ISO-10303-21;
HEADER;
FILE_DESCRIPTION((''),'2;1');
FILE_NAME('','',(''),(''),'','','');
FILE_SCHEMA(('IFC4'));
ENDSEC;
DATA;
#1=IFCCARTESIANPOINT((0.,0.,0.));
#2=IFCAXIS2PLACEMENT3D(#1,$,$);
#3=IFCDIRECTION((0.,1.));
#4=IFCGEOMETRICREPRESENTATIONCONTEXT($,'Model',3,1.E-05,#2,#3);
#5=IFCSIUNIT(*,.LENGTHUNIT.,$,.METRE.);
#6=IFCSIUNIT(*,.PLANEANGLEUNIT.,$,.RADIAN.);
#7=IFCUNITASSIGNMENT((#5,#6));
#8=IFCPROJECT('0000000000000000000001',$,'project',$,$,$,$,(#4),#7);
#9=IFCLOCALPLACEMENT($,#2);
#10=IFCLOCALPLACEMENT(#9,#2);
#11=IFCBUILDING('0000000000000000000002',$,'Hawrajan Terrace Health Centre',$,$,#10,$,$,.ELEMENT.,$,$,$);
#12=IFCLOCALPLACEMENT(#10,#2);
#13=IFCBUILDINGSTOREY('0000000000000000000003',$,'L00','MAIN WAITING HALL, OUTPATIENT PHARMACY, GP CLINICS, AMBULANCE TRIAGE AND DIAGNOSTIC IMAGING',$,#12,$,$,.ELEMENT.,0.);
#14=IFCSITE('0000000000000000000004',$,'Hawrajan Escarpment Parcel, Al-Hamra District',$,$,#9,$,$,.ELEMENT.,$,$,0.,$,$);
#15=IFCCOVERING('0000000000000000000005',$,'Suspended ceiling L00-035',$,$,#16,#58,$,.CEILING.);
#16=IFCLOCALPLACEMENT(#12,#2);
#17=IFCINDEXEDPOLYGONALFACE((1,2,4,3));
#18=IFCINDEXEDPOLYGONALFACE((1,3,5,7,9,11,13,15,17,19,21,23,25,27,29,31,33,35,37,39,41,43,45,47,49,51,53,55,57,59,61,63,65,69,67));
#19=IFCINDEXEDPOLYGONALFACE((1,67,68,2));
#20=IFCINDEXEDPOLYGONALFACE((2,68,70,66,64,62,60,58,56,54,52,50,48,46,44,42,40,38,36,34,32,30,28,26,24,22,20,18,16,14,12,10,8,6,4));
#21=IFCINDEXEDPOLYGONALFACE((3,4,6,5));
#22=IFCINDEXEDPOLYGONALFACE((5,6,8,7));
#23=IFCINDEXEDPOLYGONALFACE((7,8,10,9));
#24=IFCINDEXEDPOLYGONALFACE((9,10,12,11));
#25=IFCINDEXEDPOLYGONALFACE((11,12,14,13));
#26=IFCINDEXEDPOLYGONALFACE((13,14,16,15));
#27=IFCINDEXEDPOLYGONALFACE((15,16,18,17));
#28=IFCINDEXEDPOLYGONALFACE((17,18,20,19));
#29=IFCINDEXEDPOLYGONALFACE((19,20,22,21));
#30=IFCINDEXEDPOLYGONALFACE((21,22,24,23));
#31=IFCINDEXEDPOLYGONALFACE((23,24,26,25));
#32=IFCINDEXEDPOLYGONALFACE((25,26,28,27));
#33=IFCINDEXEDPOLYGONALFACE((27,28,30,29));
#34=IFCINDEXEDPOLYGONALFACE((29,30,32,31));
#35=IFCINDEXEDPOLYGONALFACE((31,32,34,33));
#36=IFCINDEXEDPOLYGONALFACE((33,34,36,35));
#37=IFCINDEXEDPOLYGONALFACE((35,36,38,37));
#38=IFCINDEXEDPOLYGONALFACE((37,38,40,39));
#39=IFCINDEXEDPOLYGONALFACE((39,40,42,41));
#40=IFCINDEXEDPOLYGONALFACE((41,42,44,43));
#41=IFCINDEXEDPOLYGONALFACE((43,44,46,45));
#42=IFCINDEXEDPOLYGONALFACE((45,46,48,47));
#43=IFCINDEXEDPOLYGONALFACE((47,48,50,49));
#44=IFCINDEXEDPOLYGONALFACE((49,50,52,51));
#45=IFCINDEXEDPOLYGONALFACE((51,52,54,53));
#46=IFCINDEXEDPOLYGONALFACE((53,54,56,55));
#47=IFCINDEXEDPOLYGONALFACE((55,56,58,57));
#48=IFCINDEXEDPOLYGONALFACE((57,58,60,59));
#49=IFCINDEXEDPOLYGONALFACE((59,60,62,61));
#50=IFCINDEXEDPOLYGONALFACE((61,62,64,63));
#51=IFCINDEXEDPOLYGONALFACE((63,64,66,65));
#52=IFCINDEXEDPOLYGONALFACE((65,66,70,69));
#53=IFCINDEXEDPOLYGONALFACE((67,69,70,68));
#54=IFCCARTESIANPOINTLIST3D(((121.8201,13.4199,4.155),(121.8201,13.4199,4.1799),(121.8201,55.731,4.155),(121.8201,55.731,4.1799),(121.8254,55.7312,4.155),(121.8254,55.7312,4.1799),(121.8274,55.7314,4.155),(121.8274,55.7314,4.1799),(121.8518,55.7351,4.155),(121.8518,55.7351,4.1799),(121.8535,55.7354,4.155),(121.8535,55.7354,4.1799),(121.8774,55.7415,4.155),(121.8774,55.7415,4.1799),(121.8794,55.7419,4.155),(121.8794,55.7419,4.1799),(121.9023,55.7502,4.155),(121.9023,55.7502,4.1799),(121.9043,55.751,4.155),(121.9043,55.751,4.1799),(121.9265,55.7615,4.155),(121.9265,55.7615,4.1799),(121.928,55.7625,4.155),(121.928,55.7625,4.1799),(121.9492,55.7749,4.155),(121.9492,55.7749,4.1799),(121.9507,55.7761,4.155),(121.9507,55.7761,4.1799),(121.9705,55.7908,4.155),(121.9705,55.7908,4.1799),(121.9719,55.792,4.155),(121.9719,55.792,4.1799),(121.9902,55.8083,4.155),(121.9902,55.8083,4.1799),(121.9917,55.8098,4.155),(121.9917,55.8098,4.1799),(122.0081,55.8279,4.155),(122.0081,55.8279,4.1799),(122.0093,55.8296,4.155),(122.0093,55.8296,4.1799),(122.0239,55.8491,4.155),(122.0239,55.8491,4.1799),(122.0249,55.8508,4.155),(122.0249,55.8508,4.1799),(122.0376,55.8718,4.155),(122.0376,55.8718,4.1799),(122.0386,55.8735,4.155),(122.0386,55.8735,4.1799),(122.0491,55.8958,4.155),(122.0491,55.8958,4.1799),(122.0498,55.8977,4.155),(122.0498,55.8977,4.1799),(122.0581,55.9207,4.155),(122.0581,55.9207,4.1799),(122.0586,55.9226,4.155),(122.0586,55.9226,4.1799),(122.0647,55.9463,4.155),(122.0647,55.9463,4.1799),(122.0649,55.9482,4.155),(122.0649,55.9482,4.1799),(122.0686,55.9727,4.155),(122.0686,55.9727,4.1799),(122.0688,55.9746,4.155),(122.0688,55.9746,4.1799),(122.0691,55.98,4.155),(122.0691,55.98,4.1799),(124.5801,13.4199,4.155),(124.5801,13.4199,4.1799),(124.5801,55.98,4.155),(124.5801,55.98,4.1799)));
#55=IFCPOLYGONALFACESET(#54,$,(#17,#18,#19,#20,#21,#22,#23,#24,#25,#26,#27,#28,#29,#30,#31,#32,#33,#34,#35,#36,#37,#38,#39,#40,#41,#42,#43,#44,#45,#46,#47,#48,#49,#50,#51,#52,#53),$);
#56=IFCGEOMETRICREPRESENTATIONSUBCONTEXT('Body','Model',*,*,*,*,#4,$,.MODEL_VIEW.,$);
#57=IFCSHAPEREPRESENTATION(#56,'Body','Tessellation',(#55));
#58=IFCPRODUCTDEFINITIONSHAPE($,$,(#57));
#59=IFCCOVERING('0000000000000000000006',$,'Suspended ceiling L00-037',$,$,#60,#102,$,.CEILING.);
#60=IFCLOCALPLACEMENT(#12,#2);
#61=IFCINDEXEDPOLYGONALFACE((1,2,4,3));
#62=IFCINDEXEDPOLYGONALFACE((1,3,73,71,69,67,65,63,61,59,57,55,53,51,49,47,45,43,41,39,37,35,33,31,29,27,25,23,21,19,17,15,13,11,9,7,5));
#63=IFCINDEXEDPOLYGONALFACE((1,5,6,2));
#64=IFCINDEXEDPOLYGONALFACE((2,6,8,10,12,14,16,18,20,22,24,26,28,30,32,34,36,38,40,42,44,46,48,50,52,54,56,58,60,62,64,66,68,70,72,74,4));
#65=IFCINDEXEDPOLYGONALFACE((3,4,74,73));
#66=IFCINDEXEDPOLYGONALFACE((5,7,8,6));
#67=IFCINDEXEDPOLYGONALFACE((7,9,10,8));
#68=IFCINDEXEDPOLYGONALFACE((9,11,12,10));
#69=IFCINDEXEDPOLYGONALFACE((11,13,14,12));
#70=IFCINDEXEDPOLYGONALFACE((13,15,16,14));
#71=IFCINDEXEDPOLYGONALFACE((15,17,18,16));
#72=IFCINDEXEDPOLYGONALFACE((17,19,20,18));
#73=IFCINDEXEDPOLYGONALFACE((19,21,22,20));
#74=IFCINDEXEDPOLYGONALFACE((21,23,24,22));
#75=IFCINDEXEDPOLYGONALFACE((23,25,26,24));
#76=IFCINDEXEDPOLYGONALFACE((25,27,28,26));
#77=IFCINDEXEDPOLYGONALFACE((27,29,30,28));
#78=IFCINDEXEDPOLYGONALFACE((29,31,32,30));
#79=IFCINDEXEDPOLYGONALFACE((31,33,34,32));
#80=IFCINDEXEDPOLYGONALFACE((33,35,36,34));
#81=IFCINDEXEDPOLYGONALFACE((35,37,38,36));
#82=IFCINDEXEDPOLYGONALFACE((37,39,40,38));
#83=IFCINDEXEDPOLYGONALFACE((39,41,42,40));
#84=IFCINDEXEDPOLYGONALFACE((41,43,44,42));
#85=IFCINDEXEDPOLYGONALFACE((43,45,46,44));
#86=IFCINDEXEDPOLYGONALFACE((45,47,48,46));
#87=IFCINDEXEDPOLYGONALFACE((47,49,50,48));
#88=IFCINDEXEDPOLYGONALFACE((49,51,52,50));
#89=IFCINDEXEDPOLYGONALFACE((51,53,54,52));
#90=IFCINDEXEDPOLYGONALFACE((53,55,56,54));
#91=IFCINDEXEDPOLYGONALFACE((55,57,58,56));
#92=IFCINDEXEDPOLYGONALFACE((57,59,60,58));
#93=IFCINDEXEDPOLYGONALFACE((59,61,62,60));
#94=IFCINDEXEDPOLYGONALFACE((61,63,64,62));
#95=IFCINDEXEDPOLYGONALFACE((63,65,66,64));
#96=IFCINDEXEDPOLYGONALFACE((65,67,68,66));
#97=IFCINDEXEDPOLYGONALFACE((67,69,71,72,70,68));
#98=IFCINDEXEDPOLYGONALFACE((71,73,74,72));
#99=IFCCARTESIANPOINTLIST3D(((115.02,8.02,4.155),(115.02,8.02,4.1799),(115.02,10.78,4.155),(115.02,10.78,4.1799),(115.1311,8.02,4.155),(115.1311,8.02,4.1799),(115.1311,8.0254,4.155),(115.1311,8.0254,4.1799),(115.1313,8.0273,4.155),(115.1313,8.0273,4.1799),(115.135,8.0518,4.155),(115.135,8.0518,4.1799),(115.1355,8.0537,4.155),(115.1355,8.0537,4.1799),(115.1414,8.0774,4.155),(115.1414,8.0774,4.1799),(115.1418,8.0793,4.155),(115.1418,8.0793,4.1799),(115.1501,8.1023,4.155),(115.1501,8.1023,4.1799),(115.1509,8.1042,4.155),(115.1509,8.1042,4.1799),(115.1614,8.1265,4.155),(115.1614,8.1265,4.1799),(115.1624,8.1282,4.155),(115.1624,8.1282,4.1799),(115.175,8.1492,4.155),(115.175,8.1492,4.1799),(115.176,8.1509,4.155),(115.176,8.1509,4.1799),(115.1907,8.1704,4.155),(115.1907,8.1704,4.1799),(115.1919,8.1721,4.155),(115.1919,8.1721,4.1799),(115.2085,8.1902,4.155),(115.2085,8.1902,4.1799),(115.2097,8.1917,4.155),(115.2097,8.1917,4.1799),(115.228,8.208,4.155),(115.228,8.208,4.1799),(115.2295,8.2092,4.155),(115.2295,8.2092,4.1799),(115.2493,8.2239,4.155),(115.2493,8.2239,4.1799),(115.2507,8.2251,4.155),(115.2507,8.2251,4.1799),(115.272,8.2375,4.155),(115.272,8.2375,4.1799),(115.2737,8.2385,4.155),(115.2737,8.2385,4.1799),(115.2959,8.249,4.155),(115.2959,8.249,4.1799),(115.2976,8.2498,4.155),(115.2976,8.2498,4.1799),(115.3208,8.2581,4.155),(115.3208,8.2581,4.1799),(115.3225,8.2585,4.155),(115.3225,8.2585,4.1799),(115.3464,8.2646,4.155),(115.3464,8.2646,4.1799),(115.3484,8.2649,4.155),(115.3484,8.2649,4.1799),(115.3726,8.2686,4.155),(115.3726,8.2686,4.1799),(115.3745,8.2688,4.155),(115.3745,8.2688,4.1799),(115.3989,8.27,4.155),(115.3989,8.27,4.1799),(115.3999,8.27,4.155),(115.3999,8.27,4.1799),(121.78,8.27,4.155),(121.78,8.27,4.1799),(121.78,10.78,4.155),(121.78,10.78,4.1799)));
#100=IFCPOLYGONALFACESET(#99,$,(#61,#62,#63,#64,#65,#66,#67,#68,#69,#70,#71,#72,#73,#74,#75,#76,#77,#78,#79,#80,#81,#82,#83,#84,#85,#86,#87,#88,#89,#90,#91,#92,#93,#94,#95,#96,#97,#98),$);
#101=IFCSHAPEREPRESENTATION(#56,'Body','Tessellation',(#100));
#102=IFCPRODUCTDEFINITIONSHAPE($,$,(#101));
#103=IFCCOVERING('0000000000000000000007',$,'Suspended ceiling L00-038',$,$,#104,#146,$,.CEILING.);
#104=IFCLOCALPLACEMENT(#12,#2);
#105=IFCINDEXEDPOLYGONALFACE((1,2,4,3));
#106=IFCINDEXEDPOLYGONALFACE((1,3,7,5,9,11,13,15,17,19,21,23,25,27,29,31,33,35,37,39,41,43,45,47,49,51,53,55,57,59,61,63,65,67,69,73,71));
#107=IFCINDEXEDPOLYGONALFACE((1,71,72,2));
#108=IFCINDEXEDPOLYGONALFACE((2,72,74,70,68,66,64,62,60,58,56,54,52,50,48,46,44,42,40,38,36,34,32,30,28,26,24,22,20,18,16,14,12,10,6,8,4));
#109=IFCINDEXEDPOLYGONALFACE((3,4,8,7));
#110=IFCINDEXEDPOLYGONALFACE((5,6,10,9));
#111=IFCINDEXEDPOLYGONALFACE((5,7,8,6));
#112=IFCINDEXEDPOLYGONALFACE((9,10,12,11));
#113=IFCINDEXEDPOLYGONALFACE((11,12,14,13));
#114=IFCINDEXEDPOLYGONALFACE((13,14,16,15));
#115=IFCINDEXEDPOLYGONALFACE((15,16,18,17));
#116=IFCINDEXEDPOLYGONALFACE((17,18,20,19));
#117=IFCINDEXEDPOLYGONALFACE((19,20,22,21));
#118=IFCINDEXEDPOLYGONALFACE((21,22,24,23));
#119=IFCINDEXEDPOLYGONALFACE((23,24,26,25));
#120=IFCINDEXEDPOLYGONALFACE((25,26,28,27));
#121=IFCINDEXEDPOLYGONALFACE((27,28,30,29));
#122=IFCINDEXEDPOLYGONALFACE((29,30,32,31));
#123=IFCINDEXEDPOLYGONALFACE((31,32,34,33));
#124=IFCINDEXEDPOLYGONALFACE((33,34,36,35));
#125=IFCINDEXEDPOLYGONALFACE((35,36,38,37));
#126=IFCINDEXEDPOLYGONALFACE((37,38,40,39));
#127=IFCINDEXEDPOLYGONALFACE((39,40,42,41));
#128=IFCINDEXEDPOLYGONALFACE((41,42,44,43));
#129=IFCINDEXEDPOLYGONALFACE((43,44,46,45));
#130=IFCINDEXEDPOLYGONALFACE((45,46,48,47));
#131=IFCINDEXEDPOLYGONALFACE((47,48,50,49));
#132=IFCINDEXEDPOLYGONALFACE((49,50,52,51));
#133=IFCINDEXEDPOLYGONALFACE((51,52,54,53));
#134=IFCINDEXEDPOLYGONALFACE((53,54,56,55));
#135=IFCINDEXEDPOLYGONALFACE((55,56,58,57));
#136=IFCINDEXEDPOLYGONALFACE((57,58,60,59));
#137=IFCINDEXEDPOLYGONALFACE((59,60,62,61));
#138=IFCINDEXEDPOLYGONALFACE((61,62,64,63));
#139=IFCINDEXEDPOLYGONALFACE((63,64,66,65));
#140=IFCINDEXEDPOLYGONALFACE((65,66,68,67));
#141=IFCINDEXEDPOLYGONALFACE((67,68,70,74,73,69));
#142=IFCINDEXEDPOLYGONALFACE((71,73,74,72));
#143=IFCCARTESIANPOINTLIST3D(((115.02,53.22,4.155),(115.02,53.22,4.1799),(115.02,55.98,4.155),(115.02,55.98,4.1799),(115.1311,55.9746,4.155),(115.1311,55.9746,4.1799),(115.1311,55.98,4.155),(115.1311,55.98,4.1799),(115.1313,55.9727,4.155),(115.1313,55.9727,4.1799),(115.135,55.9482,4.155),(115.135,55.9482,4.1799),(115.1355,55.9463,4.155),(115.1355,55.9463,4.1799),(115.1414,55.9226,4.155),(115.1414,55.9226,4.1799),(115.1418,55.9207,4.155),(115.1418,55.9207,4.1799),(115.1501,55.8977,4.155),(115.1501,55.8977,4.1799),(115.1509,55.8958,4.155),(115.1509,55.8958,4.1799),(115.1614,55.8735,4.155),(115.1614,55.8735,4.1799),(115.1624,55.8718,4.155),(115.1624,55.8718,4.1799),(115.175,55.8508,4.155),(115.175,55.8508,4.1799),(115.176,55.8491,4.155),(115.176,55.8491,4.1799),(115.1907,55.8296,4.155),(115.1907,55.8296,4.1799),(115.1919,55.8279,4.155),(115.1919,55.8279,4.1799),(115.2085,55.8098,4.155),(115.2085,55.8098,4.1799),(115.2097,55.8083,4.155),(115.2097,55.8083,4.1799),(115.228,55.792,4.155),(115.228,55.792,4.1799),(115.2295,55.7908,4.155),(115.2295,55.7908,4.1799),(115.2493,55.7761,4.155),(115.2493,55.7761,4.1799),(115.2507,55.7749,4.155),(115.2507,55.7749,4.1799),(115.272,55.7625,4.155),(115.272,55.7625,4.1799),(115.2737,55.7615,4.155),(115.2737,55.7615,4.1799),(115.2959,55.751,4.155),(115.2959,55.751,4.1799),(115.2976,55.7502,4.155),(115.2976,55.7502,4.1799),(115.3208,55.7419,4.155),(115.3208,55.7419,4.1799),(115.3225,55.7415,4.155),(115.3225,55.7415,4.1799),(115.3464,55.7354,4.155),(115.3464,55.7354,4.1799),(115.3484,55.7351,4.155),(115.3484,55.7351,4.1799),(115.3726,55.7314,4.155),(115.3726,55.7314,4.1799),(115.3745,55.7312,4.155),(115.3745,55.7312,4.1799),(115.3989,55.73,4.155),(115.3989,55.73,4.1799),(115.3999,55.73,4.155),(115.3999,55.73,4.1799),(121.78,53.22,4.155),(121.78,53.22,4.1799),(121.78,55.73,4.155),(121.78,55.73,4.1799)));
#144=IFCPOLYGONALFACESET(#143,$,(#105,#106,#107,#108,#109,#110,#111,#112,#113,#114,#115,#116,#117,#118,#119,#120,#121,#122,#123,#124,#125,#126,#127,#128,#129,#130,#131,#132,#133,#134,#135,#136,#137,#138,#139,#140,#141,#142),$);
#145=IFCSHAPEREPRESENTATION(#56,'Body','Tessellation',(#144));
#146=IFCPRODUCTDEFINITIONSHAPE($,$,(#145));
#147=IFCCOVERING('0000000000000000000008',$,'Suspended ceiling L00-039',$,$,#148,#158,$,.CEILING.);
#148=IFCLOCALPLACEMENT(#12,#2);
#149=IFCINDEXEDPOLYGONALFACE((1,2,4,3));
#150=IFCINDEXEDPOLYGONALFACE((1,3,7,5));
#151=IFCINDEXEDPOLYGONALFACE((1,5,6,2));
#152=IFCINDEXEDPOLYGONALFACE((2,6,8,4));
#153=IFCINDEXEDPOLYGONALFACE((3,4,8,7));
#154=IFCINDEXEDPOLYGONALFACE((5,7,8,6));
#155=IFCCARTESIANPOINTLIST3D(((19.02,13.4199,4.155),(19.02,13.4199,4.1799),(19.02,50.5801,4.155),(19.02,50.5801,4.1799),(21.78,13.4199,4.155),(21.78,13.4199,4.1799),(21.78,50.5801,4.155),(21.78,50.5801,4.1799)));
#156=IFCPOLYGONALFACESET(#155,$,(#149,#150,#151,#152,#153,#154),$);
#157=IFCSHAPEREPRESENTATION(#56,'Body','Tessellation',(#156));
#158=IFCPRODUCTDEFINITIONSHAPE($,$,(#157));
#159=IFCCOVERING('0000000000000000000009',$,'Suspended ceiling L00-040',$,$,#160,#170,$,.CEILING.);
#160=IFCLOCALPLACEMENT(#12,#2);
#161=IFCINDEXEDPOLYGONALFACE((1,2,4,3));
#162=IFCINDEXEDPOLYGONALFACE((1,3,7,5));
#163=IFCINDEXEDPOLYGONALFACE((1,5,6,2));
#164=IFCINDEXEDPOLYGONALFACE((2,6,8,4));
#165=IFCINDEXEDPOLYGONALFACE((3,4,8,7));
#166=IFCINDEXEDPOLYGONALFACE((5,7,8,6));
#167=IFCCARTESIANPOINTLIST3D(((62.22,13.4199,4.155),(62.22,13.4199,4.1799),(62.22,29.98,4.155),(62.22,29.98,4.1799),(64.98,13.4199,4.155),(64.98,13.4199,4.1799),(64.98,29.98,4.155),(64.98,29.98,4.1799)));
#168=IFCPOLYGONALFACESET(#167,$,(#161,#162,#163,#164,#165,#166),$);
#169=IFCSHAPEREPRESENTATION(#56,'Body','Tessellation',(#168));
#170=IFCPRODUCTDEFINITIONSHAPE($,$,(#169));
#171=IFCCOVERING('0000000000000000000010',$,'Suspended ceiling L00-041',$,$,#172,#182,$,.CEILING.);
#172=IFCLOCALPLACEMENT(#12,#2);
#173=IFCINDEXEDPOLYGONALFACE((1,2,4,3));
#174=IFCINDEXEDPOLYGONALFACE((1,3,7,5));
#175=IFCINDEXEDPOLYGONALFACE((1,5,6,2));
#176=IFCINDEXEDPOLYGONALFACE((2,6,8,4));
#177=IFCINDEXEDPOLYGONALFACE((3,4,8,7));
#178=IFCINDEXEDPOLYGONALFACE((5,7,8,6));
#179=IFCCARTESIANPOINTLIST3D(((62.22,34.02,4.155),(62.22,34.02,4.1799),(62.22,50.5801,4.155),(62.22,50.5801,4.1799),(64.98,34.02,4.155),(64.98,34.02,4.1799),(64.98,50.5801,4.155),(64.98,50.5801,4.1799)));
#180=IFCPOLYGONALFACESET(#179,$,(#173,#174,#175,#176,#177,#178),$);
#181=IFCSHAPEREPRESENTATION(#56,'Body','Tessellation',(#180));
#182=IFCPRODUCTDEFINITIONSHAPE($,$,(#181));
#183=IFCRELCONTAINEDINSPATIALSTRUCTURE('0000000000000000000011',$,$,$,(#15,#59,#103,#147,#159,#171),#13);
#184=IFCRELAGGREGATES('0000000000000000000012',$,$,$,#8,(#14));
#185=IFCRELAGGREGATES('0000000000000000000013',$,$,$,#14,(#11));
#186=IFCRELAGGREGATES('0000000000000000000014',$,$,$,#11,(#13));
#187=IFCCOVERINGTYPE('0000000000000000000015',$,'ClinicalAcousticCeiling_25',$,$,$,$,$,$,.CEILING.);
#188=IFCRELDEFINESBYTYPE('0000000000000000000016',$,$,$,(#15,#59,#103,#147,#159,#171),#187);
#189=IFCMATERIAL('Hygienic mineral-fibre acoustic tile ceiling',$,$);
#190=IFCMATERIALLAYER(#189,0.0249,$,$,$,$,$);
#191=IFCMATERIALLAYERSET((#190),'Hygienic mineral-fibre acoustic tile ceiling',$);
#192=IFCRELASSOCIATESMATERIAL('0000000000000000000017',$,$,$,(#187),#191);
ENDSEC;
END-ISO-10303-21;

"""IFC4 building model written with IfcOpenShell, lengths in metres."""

from ifc_helpers import new_model, si_unit, direction, frame, origin, place, context, subcontext, project, spatial, polyline, outline, extrude, material, layer, layer_set, type_object, element, save


model = new_model("IFC4")

# Units and contexts
model_context = context("Model", 3, precision=1e-05, world=origin(), true_north=direction((0.0, 1.0)))
body_context = subcontext(model_context, "Body", "Model", "MODEL_VIEW")
ifc_project = project(units=[si_unit("LENGTHUNIT", "METRE"), si_unit("PLANEANGLEUNIT", "RADIAN")], contexts=[model_context])

# Site, building, storey
site_placement = place(None, origin())
site = spatial("IfcSite", under=ifc_project, at=site_placement, Name="Hawrajan Escarpment Parcel, Al-Hamra District", CompositionType="ELEMENT", RefElevation=0.0)
building_placement = place(site_placement, origin())
building = spatial("IfcBuilding", under=site, at=building_placement, Name="Hawrajan Terrace Health Centre", CompositionType="ELEMENT")
storey_placement = place(building_placement, origin())
storey = spatial("IfcBuildingStorey", under=building, at=storey_placement, Name="L00", Description="MAIN WAITING HALL, OUTPATIENT PHARMACY, GP CLINICS, AMBULANCE TRIAGE AND DIAGNOSTIC IMAGING", CompositionType="ELEMENT", Elevation=0.0)

# Coverings
ifc_material = material(Name="Hygienic mineral-fibre acoustic tile ceiling")
ifc_layer = layer(ifc_material, 0.0249)
ifc_layer_set = layer_set([ifc_layer], Name="Hygienic mineral-fibre acoustic tile ceiling")
covering_type = type_object("IfcCoveringType", Name="ClinicalAcousticCeiling_25", PredefinedType="CEILING", material=ifc_layer_set)
covering_1_placement = place(storey_placement, frame((0.0, 0.0, 4.155)))
element("IfcCovering", 1, at=covering_1_placement, inside=storey, type_object=covering_type, Name="Suspended ceiling L00-035", PredefinedType="CEILING", context=body_context, shape_type="SweptSolid", body=[
    extrude(outline(polyline([(124.5801, 55.98), (124.5801, 13.4199), (121.8201, 13.4199), (121.8201, 55.731), (121.8254, 55.7312), (121.8274, 55.7314), (121.8518, 55.7351), (121.8535, 55.7354), (121.8774, 55.7415), (121.8794, 55.7419), (121.9023, 55.7502), (121.9043, 55.751), (121.9265, 55.7615), (121.928, 55.7625), (121.9492, 55.7749), (121.9507, 55.7761), (121.9705, 55.7908), (121.9719, 55.792), (121.9902, 55.8083), (121.9917, 55.8098), (122.0081, 55.8279), (122.0093, 55.8296), (122.0239, 55.8491), (122.0249, 55.8508), (122.0376, 55.8718), (122.0386, 55.8735), (122.0491, 55.8958), (122.0498, 55.8977), (122.0581, 55.9207), (122.0586, 55.9226), (122.0647, 55.9463), (122.0649, 55.9482), (122.0686, 55.9727), (122.0688, 55.9746), (122.0691, 55.98), (124.5801, 55.98)])), origin(), (0.0, 0.0, 1.0), 0.0249),
])
covering_2_placement = place(storey_placement, frame((0.0, 0.0, 4.155)))
element("IfcCovering", 2, at=covering_2_placement, inside=storey, type_object=covering_type, Name="Suspended ceiling L00-037", PredefinedType="CEILING", context=body_context, shape_type="SweptSolid", body=[
    extrude(outline(polyline([(115.02, 8.02), (115.02, 10.78), (121.78, 10.78), (121.78, 8.27), (115.3999, 8.27), (115.3989, 8.27), (115.3745, 8.2688), (115.3726, 8.2686), (115.3484, 8.2649), (115.3464, 8.2646), (115.3225, 8.2585), (115.3208, 8.2581), (115.2976, 8.2498), (115.2959, 8.249), (115.2737, 8.2385), (115.272, 8.2375), (115.2507, 8.2251), (115.2493, 8.2239), (115.2295, 8.2092), (115.228, 8.208), (115.2097, 8.1917), (115.2085, 8.1902), (115.1919, 8.1721), (115.1907, 8.1704), (115.176, 8.1509), (115.175, 8.1492), (115.1624, 8.1282), (115.1614, 8.1265), (115.1509, 8.1042), (115.1501, 8.1023), (115.1418, 8.0793), (115.1414, 8.0774), (115.1355, 8.0537), (115.135, 8.0518), (115.1313, 8.0273), (115.1311, 8.0254), (115.1311, 8.02), (115.02, 8.02)])), origin(), (0.0, 0.0, 1.0), 0.0249),
])
covering_3_placement = place(storey_placement, frame((0.0, 0.0, 4.155)))
element("IfcCovering", 3, at=covering_3_placement, inside=storey, type_object=covering_type, Name="Suspended ceiling L00-038", PredefinedType="CEILING", context=body_context, shape_type="SweptSolid", body=[
    extrude(outline(polyline([(121.78, 53.22), (115.02, 53.22), (115.02, 55.98), (115.1311, 55.98), (115.1311, 55.9746), (115.1313, 55.9727), (115.135, 55.9482), (115.1355, 55.9463), (115.1414, 55.9226), (115.1418, 55.9207), (115.1501, 55.8977), (115.1509, 55.8958), (115.1614, 55.8735), (115.1624, 55.8718), (115.175, 55.8508), (115.176, 55.8491), (115.1907, 55.8296), (115.1919, 55.8279), (115.2085, 55.8098), (115.2097, 55.8083), (115.228, 55.792), (115.2295, 55.7908), (115.2493, 55.7761), (115.2507, 55.7749), (115.272, 55.7625), (115.2737, 55.7615), (115.2959, 55.751), (115.2976, 55.7502), (115.3208, 55.7419), (115.3225, 55.7415), (115.3464, 55.7354), (115.3484, 55.7351), (115.3726, 55.7314), (115.3745, 55.7312), (115.3989, 55.73), (115.3999, 55.73), (121.78, 55.73), (121.78, 53.22)])), origin(), (0.0, 0.0, 1.0), 0.0249),
])
covering_4_placement = place(storey_placement, frame((0.0, 0.0, 4.155)))
element("IfcCovering", 4, at=covering_4_placement, inside=storey, type_object=covering_type, Name="Suspended ceiling L00-039", PredefinedType="CEILING", context=body_context, shape_type="SweptSolid", body=[
    extrude(outline(polyline([(19.02, 50.5801), (21.78, 50.5801), (21.78, 13.4199), (19.02, 13.4199), (19.02, 50.5801)])), origin(), (0.0, 0.0, 1.0), 0.0249),
])
covering_5_placement = place(storey_placement, frame((0.0, 0.0, 4.155)))
element("IfcCovering", 5, at=covering_5_placement, inside=storey, type_object=covering_type, Name="Suspended ceiling L00-040", PredefinedType="CEILING", context=body_context, shape_type="SweptSolid", body=[
    extrude(outline(polyline([(62.22, 29.98), (64.98, 29.98), (64.98, 13.4199), (62.22, 13.4199), (62.22, 29.98)])), origin(), (0.0, 0.0, 1.0), 0.0249),
])
covering_6_placement = place(storey_placement, frame((0.0, 0.0, 4.155)))
element("IfcCovering", 6, at=covering_6_placement, inside=storey, type_object=covering_type, Name="Suspended ceiling L00-041", PredefinedType="CEILING", context=body_context, shape_type="SweptSolid", body=[
    extrude(outline(polyline([(62.22, 50.5801), (64.98, 50.5801), (64.98, 34.02), (62.22, 34.02), (62.22, 50.5801)])), origin(), (0.0, 0.0, 1.0), 0.0249),
])

save(model, "model.ifc")
